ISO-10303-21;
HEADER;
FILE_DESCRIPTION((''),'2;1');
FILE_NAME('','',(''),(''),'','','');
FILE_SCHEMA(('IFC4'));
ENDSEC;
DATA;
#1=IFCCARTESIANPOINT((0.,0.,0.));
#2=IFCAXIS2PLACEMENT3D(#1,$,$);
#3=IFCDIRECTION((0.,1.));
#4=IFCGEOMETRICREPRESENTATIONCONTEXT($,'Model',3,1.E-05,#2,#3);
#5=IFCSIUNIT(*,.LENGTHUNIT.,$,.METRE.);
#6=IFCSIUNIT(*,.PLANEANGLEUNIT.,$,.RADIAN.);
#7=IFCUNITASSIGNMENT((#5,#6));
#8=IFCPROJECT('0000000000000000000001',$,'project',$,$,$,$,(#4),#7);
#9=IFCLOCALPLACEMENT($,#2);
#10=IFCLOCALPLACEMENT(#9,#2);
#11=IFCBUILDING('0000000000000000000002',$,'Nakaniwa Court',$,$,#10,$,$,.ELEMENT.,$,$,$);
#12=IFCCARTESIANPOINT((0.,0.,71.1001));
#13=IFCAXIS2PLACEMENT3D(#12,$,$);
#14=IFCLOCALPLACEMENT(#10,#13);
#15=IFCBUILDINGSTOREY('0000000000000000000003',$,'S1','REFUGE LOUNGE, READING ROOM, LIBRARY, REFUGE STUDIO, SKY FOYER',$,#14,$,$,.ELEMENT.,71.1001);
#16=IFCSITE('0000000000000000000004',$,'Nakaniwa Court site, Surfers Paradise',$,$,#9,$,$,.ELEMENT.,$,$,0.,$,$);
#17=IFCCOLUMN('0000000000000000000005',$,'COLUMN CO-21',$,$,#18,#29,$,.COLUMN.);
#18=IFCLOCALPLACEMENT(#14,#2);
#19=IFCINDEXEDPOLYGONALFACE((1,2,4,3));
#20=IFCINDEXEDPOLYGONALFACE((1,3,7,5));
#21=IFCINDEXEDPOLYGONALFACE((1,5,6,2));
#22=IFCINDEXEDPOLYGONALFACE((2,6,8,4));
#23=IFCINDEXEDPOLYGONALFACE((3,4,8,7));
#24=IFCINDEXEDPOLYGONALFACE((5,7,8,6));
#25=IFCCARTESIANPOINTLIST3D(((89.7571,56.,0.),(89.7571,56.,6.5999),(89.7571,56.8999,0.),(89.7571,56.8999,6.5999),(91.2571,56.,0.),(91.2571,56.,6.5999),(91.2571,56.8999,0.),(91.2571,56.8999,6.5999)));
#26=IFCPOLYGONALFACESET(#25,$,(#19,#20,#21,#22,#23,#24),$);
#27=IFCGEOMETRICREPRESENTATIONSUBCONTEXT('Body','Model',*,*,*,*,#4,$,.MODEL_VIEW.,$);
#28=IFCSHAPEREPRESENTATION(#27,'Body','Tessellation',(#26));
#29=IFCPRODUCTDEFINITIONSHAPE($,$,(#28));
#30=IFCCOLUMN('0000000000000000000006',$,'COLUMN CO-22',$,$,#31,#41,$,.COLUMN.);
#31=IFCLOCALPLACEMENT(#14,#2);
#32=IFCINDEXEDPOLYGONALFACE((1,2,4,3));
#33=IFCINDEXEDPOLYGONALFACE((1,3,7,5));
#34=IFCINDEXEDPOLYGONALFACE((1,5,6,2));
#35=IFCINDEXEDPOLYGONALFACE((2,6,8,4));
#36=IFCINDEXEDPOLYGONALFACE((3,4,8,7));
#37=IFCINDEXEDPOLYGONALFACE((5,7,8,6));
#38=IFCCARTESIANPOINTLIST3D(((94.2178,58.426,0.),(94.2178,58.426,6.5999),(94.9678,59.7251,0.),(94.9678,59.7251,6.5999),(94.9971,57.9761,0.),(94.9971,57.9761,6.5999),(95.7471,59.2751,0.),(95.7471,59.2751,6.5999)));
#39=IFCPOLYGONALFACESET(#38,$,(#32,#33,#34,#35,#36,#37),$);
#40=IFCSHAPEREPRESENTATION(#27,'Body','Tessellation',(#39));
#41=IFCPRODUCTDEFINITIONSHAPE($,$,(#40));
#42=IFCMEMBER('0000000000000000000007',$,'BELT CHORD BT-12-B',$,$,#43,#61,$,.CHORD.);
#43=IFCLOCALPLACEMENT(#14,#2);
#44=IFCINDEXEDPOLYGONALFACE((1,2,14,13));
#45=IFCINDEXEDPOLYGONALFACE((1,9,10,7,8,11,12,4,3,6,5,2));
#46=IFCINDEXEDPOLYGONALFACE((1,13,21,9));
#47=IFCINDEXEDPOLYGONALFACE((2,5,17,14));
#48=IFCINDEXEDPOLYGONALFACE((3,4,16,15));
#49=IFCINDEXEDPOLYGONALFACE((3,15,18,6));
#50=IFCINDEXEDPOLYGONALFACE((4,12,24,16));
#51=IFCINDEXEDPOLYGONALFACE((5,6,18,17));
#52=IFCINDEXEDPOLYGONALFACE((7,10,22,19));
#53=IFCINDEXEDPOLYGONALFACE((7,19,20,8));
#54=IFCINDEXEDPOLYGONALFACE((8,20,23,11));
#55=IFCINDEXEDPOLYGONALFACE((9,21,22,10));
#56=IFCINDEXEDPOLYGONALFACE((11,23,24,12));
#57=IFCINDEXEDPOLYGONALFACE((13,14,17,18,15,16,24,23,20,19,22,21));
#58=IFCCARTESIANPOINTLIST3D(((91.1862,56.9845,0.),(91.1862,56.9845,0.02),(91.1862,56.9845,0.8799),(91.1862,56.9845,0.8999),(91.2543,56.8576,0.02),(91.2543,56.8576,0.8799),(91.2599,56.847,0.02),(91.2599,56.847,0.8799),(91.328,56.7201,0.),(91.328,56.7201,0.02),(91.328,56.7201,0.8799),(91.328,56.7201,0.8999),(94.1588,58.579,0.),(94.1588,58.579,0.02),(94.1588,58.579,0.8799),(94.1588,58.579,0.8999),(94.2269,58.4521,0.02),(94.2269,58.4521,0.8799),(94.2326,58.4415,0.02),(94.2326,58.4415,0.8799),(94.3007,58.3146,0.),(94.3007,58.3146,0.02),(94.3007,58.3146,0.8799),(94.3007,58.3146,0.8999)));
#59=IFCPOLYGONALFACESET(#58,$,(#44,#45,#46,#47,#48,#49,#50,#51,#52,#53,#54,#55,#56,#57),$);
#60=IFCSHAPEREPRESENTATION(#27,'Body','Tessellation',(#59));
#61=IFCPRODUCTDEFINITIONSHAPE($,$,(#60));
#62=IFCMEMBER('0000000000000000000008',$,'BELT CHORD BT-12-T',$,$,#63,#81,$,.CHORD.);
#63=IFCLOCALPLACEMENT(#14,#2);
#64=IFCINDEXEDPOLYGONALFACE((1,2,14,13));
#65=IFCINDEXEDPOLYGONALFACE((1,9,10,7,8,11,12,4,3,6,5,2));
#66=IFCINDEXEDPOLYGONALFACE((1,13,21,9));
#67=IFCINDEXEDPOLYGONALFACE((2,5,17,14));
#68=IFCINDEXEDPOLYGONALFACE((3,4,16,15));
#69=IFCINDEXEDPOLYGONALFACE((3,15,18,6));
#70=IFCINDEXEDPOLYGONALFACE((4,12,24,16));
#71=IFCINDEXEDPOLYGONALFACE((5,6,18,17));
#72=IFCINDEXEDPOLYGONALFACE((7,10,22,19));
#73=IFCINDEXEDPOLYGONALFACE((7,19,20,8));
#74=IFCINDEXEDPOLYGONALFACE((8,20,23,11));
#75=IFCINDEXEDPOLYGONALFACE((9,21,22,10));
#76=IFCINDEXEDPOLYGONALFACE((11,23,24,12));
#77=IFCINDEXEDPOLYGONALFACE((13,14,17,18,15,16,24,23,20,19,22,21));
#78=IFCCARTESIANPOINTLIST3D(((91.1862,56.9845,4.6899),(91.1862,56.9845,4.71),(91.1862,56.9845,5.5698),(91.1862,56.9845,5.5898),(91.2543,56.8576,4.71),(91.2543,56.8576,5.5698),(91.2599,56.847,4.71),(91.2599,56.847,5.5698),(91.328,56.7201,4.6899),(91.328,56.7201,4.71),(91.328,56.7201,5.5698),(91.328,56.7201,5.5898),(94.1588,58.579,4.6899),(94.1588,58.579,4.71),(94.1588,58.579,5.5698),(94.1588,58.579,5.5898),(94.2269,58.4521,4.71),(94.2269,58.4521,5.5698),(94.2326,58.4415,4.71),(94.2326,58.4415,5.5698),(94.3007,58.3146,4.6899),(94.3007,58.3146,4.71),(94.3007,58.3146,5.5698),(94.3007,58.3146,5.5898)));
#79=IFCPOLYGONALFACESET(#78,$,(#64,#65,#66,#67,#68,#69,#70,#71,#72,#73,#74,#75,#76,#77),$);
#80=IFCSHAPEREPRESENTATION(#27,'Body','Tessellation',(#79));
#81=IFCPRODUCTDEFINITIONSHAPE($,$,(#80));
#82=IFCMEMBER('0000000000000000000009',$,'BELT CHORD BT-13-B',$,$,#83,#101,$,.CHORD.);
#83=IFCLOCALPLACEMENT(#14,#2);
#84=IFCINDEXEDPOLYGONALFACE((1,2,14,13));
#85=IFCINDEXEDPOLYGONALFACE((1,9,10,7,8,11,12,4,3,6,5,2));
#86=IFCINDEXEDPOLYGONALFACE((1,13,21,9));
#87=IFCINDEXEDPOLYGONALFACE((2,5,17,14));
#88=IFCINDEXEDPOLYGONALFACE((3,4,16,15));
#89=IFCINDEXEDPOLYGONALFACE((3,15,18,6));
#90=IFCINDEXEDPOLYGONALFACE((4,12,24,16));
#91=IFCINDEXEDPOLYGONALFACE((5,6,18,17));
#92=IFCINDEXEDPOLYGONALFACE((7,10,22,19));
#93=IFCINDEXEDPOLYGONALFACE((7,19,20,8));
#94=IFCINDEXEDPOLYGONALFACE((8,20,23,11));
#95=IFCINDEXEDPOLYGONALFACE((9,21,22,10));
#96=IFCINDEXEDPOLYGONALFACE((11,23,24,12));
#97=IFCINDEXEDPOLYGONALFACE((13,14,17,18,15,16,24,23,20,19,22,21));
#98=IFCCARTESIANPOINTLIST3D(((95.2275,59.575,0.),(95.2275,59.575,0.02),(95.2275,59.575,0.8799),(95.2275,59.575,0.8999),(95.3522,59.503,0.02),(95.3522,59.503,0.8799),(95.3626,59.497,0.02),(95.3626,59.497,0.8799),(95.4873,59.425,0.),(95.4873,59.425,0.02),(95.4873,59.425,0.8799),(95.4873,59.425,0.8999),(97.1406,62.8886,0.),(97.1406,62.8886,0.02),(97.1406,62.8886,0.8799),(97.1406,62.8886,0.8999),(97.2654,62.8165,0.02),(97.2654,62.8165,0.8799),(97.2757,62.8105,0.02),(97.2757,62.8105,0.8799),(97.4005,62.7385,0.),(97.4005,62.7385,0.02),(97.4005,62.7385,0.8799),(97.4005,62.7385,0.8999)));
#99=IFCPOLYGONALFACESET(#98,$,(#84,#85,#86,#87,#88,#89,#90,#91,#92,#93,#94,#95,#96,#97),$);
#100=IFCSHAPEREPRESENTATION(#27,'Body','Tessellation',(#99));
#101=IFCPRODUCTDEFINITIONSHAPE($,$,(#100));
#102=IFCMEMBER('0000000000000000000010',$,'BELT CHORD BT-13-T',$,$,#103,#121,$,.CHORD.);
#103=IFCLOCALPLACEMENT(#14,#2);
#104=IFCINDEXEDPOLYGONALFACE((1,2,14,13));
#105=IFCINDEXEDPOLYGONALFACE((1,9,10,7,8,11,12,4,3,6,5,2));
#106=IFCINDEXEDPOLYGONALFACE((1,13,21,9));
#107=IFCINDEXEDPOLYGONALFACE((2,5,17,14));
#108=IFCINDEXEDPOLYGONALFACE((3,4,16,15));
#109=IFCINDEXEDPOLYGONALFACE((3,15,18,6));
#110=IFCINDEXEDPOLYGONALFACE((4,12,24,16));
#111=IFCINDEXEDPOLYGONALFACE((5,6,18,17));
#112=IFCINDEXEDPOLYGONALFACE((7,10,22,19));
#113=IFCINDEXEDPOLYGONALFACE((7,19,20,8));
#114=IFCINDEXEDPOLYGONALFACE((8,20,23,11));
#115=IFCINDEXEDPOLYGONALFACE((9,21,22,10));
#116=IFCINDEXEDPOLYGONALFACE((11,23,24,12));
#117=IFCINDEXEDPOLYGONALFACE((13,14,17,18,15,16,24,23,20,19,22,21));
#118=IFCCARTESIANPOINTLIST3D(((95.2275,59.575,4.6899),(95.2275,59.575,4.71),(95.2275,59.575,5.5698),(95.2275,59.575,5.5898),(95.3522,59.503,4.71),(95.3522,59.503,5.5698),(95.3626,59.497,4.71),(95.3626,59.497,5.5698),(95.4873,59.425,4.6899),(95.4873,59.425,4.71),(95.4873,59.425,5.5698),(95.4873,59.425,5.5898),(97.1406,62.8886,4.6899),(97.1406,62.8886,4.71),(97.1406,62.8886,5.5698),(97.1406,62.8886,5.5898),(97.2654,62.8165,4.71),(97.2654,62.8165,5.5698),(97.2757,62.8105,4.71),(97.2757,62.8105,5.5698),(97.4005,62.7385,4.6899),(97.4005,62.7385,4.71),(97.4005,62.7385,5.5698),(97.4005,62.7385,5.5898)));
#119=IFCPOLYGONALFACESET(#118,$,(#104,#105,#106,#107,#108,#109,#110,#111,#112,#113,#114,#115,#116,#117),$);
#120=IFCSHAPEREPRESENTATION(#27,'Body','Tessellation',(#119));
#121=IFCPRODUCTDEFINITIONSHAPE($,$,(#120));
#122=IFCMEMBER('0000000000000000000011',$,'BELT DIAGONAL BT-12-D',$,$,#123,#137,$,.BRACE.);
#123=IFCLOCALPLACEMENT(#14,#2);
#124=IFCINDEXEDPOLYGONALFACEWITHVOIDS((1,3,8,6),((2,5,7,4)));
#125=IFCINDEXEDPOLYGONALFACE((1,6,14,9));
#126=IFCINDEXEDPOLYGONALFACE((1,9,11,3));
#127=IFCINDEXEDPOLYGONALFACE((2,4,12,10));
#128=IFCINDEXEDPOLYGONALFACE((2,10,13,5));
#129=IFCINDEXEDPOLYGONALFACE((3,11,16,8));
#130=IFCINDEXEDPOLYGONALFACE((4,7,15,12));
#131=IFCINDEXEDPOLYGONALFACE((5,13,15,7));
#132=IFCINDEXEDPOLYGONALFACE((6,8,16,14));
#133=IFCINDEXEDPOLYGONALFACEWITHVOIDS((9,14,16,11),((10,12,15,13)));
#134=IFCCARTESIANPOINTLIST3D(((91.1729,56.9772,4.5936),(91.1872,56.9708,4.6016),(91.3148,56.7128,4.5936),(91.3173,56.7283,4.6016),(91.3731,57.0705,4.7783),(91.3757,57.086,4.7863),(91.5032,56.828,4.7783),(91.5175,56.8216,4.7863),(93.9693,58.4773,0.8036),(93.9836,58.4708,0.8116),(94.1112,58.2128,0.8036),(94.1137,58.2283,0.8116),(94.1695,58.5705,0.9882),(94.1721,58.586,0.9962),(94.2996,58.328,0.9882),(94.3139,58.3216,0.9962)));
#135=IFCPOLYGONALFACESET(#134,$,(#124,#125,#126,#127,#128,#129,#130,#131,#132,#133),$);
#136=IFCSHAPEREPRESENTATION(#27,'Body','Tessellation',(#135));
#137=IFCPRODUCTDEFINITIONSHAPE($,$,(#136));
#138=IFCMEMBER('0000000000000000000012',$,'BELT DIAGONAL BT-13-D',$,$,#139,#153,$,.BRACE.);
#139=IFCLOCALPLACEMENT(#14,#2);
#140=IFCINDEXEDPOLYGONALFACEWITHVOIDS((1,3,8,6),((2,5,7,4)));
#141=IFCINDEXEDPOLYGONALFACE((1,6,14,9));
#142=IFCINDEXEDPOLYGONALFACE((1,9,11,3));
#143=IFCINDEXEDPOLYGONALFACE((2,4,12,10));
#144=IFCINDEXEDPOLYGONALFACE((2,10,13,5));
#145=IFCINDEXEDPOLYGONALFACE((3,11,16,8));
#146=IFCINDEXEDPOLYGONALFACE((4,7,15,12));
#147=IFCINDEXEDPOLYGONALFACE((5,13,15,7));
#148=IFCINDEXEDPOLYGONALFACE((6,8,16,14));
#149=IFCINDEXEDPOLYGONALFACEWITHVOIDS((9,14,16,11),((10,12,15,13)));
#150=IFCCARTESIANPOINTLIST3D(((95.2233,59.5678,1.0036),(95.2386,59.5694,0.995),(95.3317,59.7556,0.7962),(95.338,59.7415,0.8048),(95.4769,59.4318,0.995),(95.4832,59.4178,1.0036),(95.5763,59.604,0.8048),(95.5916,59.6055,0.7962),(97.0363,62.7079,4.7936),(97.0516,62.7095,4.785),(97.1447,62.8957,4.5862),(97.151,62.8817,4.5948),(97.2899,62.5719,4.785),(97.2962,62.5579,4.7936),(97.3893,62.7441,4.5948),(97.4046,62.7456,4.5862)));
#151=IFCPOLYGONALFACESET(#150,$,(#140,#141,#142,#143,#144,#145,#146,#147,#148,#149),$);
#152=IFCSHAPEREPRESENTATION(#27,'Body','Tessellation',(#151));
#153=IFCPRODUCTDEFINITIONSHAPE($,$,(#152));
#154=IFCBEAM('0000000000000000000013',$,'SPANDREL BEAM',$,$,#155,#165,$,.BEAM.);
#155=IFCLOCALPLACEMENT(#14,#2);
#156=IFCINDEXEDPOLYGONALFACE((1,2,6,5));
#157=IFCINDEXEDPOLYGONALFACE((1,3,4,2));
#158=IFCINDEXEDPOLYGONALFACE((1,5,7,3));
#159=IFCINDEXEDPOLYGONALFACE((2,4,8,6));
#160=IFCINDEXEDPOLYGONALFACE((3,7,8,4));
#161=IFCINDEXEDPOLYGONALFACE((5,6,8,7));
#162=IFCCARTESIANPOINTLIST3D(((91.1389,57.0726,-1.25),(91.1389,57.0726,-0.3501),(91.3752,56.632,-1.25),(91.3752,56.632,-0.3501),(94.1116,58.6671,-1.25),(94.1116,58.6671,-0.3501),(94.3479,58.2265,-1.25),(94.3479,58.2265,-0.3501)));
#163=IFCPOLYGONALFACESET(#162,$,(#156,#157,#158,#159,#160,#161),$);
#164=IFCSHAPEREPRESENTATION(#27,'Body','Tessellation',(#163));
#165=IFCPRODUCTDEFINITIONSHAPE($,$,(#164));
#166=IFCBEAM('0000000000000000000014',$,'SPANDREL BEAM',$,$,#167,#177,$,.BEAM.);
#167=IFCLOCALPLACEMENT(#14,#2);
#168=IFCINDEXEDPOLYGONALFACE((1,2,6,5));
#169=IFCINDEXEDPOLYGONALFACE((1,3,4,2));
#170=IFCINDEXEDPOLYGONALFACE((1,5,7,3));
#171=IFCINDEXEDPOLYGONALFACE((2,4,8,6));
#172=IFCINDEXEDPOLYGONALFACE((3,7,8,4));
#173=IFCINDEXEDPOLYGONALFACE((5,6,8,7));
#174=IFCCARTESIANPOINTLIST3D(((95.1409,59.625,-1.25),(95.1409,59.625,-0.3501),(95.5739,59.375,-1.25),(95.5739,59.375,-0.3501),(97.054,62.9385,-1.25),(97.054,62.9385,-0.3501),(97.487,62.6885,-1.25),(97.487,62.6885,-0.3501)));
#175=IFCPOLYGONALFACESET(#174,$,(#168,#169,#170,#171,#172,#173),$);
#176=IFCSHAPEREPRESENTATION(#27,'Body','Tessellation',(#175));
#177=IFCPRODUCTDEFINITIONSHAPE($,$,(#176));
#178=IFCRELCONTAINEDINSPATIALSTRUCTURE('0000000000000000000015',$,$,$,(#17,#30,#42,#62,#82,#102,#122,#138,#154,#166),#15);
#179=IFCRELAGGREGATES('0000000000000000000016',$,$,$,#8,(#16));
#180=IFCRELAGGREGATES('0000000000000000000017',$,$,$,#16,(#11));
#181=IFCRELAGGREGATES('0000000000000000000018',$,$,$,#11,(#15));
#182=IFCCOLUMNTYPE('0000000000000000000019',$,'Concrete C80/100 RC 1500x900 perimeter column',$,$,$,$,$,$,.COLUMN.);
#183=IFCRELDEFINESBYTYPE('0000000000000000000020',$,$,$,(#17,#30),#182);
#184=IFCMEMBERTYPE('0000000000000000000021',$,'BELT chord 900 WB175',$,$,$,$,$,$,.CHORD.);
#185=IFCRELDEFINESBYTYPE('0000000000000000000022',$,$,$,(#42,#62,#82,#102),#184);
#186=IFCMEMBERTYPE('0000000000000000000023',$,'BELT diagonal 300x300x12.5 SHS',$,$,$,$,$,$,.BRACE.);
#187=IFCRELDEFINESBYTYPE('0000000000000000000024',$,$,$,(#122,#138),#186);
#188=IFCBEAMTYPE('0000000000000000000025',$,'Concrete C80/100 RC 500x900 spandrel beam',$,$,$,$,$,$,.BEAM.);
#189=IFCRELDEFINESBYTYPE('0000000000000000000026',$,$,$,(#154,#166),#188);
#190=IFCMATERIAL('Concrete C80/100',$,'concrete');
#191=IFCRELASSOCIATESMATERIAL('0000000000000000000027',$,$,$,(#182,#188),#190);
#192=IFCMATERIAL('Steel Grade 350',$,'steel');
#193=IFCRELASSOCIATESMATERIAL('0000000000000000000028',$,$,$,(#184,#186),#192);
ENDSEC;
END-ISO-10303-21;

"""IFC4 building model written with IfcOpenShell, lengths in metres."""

from ifc_helpers import new_model, si_unit, direction, frame, origin, origin_2d, place, context, subcontext, project, spatial, rectangle, hollow_rectangle, i_section, extrude, material, material_profile, profile_set, type_object, element, save


model = new_model("IFC4")

# Units and contexts
model_context = context("Model", 3, precision=1e-05, world=origin(), true_north=direction((0.0, 1.0)))
body_context = subcontext(model_context, "Body", "Model", "MODEL_VIEW")
ifc_project = project(units=[si_unit("LENGTHUNIT", "METRE"), si_unit("PLANEANGLEUNIT", "RADIAN")], contexts=[model_context])

# Site, building, storey
site_placement = place(None, origin())
site = spatial("IfcSite", under=ifc_project, at=site_placement, Name="Nakaniwa Court site, Surfers Paradise", CompositionType="ELEMENT", RefElevation=0.0)
building_placement = place(site_placement, origin())
building = spatial("IfcBuilding", under=site, at=building_placement, Name="Nakaniwa Court", CompositionType="ELEMENT")
storey_placement = place(building_placement, frame((0.0, 0.0, 71.1001)))
storey = spatial("IfcBuildingStorey", under=building, at=storey_placement, Name="S1", Description="REFUGE LOUNGE, READING ROOM, LIBRARY, REFUGE STUDIO, SKY FOYER", CompositionType="ELEMENT", Elevation=71.1001)

# Columns
ifc_material_1 = material(Name="Concrete C80/100", Category="concrete")
ifc_material_profile_1 = material_profile(ifc_material_1, rectangle(XDim=1.5, YDim=0.8999, at=origin_2d()), Name="Concrete C80/100 RC 1500x900 perimeter column")
ifc_profile_set_1 = profile_set([ifc_material_profile_1], Name="Concrete C80/100")
column_type = type_object("IfcColumnType", Name="Concrete C80/100 RC 1500x900 perimeter column", PredefinedType="COLUMN", material=ifc_profile_set_1)
for number, where, z_axis, x_axis, name in (
    (1, (90.5071, 56.45, 0.0), (0.0, 0.0, 1.0), (1.0, 0.0, 0.0), "COLUMN CO-21"),
    (2, (94.9824, 58.8506, 0.0), (0.0, 0.0, 1.0), (0.5, 0.866025, 0.0), "COLUMN CO-22"),
):
    element("IfcColumn", number, at=place(storey_placement, frame(where, z_axis=z_axis, x_axis=x_axis)), inside=storey, type_object=column_type, Name=name, PredefinedType="COLUMN", context=body_context, shape_type="SweptSolid", body=[
        extrude(rectangle(XDim=1.5, YDim=0.8999, at=origin_2d()), origin(), (0.0, 0.0, 1.0), 6.5999),
    ])

# Members
ifc_material_2 = material(Name="Steel Grade 350", Category="steel")
ifc_material_profile_2 = material_profile(ifc_material_2, i_section(OverallWidth=0.3, OverallDepth=0.8999, WebThickness=0.012, FlangeThickness=0.02, at=origin_2d()), Name="900WB175")
ifc_profile_set_2 = profile_set([ifc_material_profile_2], Name="Steel Grade 350")
member_type_1 = type_object("IfcMemberType", Name="BELT chord 900 WB175", PredefinedType="CHORD", material=ifc_profile_set_2)
for number, where, z_axis, x_axis, name in (
    (3, (91.2571, 56.8523, 0.45), (0.881235, 0.472679, 0.0), (-0.472679, 0.881235, 0.0), "BELT CHORD BT-12-B"),
    (4, (91.2571, 56.8523, 5.1399), (0.881235, 0.472679, 0.0), (-0.472679, 0.881235, 0.0), "BELT CHORD BT-12-T"),
):
    element("IfcMember", number, at=place(storey_placement, frame(where, z_axis=z_axis, x_axis=x_axis)), inside=storey, type_object=member_type_1, Name=name, PredefinedType="CHORD", context=body_context, shape_type="SweptSolid", body=[
        extrude(i_section(OverallWidth=0.3, OverallDepth=0.8999, WebThickness=0.012, FlangeThickness=0.02, at=origin_2d()), origin(), (0.0, 0.0, 1.0), 3.3733),
    ])
for number, where, z_axis, x_axis, name in (
    (5, (95.3574, 59.5, 0.45), (0.50001, 0.86602, 0.0), (-0.86602, 0.50001, 0.0), "BELT CHORD BT-13-B"),
    (6, (95.3574, 59.5, 5.1399), (0.50001, 0.86602, 0.0), (-0.86602, 0.50001, 0.0), "BELT CHORD BT-13-T"),
):
    element("IfcMember", number, at=place(storey_placement, frame(where, z_axis=z_axis, x_axis=x_axis)), inside=storey, type_object=member_type_1, Name=name, PredefinedType="CHORD", context=body_context, shape_type="SweptSolid", body=[
        extrude(i_section(OverallWidth=0.3, OverallDepth=0.8999, WebThickness=0.012, FlangeThickness=0.02, at=origin_2d()), origin(), (0.0, 0.0, 1.0), 3.8262),
    ])
ifc_material_profile_3 = material_profile(ifc_material_2, hollow_rectangle(XDim=0.3, YDim=0.3, WallThickness=0.0125, at=origin_2d()), Name="BELT diagonal 300x300x12.5 SHS")
ifc_profile_set_3 = profile_set([ifc_material_profile_3], Name="Steel Grade 350")
member_type_2 = type_object("IfcMemberType", Name="BELT diagonal 300x300x12.5 SHS", PredefinedType="BRACE", material=ifc_profile_set_3)
member_1_placement = place(storey_placement, frame((91.3452, 56.8994, 4.6899), z_axis=(0.565716, 0.303454, -0.766734), x_axis=(-0.472695, 0.881226, 0.0)))
element("IfcMember", 7, at=member_1_placement, inside=storey, type_object=member_type_2, Name="BELT DIAGONAL BT-12-D", PredefinedType="BRACE", context=body_context, shape_type="SweptSolid", body=[
    extrude(hollow_rectangle(XDim=0.3, YDim=0.3, WallThickness=0.0125, at=origin_2d()), origin(), (0.0, 0.0, 1.0), 4.9431),
])
member_2_placement = place(storey_placement, frame((95.4075, 59.5867, 0.8999), z_axis=(0.345649, 0.598672, 0.722577), x_axis=(-0.866022, 0.500006, 0.0)))
element("IfcMember", 8, at=member_2_placement, inside=storey, type_object=member_type_2, Name="BELT DIAGONAL BT-13-D", PredefinedType="BRACE", context=body_context, shape_type="SweptSolid", body=[
    extrude(hollow_rectangle(XDim=0.3, YDim=0.3, WallThickness=0.0125, at=origin_2d()), origin(), (0.0, 0.0, 1.0), 5.2451),
])

# Beams
ifc_material_profile_4 = material_profile(ifc_material_1, rectangle(XDim=0.5, YDim=0.8999, at=origin_2d()), Name="Concrete C80/100 RC 500x900 spandrel beam")
ifc_profile_set_4 = profile_set([ifc_material_profile_4], Name="Concrete C80/100")
beam_type = type_object("IfcBeamType", Name="Concrete C80/100 RC 500x900 spandrel beam", PredefinedType="BEAM", material=ifc_profile_set_4)
beam_1_placement = place(storey_placement, frame((91.2571, 56.8523, -0.8), z_axis=(0.881235, 0.472679, 0.0), x_axis=(-0.472679, 0.881235, 0.0)))
element("IfcBeam", 9, at=beam_1_placement, inside=storey, type_object=beam_type, Name="SPANDREL BEAM", PredefinedType="BEAM", context=body_context, shape_type="SweptSolid", body=[
    extrude(rectangle(XDim=0.5, YDim=0.8999, at=origin_2d()), origin(), (0.0, 0.0, 1.0), 3.3733),
])
beam_2_placement = place(storey_placement, frame((95.3574, 59.5, -0.8), z_axis=(0.50001, 0.86602, 0.0), x_axis=(-0.86602, 0.50001, 0.0)))
element("IfcBeam", 10, at=beam_2_placement, inside=storey, type_object=beam_type, Name="SPANDREL BEAM", PredefinedType="BEAM", context=body_context, shape_type="SweptSolid", body=[
    extrude(rectangle(XDim=0.5, YDim=0.8999, at=origin_2d()), origin(), (0.0, 0.0, 1.0), 3.8262),
])

save(model, "model.ifc")
